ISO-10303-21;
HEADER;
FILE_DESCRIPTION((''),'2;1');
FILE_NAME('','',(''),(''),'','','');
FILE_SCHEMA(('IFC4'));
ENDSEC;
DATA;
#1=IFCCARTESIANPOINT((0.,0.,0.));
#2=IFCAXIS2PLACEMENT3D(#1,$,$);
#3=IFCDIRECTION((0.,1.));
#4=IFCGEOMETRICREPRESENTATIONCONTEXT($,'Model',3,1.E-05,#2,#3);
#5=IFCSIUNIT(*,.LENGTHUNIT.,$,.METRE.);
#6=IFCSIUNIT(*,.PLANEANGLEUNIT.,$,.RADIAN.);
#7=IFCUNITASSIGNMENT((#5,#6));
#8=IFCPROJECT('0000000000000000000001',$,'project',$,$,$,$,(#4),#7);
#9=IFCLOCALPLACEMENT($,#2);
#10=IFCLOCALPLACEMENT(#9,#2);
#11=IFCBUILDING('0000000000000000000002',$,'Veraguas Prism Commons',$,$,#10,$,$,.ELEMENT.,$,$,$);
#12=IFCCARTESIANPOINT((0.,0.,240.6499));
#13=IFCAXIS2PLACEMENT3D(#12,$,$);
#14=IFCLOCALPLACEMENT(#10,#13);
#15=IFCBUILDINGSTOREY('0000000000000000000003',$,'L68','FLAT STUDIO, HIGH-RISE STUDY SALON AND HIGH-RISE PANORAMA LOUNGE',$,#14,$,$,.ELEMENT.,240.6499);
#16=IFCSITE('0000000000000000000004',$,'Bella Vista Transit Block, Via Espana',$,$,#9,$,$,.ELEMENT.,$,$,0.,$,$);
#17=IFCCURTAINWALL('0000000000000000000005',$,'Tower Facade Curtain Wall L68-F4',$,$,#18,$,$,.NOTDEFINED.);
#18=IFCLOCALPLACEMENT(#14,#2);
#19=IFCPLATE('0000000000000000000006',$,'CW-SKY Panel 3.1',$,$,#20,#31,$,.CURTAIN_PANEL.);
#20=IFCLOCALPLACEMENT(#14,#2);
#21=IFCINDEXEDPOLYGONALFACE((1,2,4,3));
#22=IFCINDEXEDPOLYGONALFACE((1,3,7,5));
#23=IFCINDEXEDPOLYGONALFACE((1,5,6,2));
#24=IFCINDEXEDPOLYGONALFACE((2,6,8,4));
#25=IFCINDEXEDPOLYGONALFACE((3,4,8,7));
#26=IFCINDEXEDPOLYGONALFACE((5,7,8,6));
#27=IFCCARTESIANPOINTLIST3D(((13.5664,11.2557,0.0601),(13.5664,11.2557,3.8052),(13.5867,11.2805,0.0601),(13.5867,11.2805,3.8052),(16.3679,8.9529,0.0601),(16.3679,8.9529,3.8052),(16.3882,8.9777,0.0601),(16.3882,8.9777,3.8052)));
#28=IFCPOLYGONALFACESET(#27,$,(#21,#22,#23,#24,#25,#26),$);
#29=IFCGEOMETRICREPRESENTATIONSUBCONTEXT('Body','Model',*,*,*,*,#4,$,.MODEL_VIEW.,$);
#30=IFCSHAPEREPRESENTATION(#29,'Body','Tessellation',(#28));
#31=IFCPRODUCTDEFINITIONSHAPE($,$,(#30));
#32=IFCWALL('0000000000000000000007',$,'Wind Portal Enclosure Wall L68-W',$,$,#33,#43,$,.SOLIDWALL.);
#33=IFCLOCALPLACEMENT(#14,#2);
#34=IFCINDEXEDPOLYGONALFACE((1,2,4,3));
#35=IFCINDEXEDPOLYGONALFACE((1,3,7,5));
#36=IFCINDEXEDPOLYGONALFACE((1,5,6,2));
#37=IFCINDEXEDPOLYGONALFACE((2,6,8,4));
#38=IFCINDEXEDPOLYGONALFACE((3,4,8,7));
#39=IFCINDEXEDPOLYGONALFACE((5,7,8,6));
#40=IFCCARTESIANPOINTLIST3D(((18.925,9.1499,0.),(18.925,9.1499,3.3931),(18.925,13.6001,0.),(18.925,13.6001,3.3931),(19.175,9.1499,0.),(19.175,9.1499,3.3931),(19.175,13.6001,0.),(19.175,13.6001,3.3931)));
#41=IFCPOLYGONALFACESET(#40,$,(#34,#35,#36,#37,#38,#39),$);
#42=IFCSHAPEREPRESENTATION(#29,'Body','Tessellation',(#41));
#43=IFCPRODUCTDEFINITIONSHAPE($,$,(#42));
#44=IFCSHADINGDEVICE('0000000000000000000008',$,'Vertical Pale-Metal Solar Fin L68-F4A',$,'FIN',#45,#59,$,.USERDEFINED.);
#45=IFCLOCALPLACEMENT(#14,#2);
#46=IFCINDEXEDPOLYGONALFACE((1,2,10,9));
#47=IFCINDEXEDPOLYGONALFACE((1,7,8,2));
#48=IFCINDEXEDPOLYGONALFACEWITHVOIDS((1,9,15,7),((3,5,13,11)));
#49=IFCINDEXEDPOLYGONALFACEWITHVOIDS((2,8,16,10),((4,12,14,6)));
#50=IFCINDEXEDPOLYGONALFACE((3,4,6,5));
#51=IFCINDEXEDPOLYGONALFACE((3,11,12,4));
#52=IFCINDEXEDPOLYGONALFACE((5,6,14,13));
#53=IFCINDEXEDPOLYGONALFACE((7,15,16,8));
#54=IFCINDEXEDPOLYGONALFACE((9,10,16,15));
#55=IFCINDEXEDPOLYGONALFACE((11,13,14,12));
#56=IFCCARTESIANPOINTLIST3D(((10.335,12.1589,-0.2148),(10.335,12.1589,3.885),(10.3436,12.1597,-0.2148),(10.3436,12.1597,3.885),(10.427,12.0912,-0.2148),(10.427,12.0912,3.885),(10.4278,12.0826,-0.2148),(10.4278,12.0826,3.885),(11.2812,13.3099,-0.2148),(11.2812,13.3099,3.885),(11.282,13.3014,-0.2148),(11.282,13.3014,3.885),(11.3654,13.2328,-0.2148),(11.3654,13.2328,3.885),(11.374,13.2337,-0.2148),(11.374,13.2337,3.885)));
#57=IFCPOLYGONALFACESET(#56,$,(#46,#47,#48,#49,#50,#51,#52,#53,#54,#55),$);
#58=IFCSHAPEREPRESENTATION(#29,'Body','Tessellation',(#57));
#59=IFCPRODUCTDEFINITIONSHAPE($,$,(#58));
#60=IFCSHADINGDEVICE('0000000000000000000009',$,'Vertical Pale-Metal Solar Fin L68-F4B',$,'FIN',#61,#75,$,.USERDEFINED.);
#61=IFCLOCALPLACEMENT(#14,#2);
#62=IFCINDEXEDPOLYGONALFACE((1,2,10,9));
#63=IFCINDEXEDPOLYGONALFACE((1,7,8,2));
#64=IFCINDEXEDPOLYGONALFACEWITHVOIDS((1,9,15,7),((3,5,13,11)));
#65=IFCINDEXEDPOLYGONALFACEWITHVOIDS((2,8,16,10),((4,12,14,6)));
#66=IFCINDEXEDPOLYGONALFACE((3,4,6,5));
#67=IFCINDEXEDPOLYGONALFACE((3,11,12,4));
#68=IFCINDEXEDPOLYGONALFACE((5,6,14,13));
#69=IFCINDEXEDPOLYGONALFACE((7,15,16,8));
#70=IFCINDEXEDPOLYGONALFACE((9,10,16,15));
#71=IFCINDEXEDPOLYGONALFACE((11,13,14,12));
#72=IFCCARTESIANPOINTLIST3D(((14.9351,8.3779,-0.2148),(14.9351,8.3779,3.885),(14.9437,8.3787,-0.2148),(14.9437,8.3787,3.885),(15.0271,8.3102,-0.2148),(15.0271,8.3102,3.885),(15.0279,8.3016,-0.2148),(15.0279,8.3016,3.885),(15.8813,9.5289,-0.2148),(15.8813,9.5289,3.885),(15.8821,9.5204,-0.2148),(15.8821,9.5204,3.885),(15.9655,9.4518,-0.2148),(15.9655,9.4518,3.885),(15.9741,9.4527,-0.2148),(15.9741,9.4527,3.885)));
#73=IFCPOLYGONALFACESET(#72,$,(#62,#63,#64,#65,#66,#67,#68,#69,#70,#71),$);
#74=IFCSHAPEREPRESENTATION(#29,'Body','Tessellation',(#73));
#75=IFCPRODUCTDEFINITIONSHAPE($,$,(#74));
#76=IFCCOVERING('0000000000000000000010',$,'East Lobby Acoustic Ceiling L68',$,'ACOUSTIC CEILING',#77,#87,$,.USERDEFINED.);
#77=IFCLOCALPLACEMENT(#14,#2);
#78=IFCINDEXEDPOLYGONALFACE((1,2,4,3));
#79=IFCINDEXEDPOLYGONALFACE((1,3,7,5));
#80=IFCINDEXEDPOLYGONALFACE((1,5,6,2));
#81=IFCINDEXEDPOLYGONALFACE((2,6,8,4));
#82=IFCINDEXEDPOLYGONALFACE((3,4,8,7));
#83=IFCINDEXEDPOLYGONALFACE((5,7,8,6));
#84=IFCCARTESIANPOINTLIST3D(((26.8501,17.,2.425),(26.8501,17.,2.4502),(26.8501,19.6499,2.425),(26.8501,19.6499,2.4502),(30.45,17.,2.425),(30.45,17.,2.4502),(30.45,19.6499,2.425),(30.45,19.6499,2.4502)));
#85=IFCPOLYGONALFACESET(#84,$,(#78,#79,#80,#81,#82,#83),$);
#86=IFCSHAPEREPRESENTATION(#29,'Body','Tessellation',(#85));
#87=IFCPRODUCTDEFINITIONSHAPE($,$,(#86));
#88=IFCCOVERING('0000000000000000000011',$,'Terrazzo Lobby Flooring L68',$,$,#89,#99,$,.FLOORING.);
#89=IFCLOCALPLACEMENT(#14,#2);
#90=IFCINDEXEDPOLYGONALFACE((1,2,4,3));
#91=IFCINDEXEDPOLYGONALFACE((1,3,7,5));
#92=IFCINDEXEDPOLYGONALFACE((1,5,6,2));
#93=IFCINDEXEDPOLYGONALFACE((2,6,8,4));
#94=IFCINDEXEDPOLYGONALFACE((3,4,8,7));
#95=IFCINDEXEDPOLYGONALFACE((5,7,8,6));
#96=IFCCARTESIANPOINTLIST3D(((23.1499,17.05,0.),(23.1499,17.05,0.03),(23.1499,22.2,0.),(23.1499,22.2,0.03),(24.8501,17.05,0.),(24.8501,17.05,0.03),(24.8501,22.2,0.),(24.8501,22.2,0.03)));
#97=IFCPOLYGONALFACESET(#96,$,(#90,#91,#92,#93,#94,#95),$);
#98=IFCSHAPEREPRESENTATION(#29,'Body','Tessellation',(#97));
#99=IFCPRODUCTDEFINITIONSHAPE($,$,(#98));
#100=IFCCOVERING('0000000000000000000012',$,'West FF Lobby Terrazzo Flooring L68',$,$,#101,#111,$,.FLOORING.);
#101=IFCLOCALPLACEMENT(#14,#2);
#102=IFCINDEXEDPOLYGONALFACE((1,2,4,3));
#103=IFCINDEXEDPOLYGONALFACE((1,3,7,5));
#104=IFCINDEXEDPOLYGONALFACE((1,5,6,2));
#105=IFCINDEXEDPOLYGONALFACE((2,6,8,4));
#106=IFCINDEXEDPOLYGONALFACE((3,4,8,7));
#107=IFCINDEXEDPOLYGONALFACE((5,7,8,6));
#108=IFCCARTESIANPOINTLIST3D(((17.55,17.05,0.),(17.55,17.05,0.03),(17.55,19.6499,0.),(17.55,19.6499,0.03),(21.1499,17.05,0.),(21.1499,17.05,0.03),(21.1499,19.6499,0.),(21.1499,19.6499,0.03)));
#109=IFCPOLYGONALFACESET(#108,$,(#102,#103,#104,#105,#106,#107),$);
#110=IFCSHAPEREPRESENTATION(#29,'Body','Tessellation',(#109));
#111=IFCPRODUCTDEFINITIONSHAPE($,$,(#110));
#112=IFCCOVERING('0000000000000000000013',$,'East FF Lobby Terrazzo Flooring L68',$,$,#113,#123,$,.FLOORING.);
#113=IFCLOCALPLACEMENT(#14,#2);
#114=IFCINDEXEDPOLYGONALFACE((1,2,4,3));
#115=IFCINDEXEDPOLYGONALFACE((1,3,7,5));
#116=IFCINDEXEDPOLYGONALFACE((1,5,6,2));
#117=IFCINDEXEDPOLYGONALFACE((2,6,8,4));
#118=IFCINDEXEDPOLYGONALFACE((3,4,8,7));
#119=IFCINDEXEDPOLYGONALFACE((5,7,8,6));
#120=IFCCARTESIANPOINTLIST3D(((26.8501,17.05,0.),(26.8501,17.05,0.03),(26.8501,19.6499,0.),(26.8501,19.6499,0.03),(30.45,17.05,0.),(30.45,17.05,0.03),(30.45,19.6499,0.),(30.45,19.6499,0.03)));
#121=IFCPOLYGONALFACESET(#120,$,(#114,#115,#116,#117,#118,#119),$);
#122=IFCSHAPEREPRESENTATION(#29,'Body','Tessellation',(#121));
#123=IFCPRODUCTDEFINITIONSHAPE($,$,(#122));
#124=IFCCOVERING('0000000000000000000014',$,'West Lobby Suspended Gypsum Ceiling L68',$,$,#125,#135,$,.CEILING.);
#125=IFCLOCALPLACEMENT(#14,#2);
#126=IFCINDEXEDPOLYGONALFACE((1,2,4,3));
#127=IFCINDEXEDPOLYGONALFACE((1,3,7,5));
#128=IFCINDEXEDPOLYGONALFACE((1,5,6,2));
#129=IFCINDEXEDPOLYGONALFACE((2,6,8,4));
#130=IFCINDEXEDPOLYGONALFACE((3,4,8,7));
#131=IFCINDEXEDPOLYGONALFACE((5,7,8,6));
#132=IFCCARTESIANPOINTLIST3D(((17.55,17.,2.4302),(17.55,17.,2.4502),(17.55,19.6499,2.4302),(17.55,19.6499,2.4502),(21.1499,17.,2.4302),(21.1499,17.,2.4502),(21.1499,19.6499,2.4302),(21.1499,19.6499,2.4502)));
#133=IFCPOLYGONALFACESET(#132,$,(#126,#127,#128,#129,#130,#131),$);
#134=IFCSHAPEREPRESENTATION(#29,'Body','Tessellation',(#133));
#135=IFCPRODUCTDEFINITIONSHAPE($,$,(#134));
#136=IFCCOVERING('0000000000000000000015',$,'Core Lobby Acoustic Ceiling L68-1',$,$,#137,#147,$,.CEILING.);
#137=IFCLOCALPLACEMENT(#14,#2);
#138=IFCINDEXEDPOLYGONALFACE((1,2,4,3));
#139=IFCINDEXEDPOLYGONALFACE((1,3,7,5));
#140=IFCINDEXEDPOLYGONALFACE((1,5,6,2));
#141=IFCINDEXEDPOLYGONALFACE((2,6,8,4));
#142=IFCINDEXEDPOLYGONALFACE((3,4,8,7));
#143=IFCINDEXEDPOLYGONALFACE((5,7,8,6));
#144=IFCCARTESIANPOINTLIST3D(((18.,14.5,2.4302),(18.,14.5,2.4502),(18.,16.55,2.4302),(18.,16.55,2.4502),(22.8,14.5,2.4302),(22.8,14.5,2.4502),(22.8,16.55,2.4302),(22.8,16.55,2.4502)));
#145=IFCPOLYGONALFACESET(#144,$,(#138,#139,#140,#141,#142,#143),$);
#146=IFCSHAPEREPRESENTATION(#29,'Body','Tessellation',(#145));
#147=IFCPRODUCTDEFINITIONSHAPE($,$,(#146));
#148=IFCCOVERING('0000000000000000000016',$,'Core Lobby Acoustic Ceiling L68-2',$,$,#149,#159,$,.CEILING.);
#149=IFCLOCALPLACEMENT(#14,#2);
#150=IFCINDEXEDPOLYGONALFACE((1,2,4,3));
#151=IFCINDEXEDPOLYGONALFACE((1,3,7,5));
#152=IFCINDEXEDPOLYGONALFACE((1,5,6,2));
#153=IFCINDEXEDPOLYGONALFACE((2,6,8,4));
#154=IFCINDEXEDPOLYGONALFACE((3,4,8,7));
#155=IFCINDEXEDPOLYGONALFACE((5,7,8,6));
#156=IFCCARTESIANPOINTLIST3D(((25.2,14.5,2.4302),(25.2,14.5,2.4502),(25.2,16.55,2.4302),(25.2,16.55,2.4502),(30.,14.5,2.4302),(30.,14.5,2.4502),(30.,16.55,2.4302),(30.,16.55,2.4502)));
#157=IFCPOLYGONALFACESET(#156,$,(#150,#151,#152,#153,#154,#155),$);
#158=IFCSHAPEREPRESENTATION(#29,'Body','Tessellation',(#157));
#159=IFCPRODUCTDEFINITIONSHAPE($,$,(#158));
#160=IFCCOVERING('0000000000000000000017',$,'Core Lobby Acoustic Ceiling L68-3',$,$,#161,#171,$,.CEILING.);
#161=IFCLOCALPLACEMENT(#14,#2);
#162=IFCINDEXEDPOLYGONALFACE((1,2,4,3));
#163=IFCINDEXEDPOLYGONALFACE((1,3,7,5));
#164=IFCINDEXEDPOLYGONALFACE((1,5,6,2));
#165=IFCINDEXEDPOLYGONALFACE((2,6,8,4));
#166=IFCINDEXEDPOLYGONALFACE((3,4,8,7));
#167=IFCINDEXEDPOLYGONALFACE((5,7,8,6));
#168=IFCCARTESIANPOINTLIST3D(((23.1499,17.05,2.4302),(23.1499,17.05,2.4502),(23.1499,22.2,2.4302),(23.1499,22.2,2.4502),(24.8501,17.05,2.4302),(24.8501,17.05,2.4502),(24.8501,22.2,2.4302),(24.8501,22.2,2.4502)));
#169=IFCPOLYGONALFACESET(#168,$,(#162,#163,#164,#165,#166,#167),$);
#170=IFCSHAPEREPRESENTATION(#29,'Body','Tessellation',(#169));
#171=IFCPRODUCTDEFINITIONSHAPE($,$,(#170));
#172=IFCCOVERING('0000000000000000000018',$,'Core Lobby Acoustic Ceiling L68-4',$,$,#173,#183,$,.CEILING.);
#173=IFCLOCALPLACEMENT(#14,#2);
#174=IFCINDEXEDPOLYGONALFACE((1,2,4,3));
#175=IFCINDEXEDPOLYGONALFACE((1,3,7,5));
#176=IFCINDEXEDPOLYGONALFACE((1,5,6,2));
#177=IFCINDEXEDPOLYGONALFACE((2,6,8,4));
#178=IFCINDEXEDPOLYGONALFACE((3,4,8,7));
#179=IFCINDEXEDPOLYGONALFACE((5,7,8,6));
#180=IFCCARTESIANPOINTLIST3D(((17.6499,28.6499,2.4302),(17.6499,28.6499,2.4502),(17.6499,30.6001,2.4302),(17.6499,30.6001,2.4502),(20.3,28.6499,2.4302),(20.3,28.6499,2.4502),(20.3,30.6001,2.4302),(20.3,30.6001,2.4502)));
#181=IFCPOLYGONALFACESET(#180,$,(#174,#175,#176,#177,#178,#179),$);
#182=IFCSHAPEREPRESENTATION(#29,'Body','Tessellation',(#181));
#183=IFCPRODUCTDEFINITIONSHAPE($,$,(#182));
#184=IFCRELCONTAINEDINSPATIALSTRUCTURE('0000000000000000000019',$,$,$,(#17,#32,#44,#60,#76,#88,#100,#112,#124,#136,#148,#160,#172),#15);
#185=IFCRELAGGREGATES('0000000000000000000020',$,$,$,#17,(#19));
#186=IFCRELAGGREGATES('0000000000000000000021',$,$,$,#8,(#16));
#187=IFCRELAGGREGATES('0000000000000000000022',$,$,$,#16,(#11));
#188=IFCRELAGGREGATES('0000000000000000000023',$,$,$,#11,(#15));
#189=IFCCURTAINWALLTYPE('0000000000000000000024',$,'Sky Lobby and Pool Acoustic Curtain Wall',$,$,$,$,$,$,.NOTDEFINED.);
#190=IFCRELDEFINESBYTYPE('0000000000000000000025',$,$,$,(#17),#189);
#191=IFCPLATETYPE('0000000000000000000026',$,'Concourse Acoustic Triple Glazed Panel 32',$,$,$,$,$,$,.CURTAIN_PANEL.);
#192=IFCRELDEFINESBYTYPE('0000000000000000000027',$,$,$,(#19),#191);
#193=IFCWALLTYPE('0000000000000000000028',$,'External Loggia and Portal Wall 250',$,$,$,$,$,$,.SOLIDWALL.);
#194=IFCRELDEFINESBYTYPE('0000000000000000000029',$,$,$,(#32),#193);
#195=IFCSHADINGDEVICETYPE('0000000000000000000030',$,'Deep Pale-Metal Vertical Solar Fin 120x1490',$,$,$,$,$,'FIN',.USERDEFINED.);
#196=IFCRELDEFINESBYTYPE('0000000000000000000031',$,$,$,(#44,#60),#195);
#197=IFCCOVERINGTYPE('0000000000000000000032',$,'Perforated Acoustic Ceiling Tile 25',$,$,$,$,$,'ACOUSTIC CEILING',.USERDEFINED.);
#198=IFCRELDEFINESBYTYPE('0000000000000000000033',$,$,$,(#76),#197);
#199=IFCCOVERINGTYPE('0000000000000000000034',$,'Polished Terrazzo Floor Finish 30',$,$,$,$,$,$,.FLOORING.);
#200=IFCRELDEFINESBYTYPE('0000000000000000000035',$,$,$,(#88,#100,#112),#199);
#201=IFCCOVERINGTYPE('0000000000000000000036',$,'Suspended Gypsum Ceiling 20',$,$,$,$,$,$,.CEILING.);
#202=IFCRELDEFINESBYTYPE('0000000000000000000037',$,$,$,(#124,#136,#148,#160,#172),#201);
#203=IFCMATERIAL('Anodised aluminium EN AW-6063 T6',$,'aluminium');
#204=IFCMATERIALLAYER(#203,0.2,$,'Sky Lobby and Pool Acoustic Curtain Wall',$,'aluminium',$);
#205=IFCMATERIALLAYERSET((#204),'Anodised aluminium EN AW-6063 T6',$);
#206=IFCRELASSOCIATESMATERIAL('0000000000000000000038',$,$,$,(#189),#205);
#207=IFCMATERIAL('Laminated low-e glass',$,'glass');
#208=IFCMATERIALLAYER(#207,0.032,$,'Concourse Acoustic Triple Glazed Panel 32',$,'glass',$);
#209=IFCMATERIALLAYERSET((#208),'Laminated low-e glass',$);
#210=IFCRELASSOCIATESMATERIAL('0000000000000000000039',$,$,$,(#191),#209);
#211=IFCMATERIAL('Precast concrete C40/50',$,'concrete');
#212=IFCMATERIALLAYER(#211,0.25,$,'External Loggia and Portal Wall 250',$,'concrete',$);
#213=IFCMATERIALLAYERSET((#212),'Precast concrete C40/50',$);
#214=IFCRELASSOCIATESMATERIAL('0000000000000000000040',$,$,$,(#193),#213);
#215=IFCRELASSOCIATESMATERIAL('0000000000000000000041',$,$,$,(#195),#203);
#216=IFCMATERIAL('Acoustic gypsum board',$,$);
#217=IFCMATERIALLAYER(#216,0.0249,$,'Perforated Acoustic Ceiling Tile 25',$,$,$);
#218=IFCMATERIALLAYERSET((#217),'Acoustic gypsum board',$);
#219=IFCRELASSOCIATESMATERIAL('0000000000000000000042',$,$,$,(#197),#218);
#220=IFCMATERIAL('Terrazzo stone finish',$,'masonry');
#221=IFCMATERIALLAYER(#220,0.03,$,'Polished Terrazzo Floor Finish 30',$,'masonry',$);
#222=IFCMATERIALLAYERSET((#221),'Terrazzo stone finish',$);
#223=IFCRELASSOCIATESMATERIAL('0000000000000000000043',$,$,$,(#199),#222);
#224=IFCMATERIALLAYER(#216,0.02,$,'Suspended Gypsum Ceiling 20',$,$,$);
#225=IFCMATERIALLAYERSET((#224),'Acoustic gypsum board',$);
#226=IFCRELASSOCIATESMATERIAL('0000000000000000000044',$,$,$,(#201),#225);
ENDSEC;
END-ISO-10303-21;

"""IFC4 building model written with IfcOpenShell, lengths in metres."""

from ifc_helpers import new_model, si_unit, direction, frame, frame_2d, origin, origin_2d, place, context, subcontext, project, spatial, polyline, rectangle, hollow_rectangle, outline, extrude, source, transform, mapped, material, layer, layer_set, material_profile, profile_set, type_object, element, aggregate, save


model = new_model("IFC4")

# Units and contexts
model_context = context("Model", 3, precision=1e-05, world=origin(), true_north=direction((0.0, 1.0)))
body_context = subcontext(model_context, "Body", "Model", "MODEL_VIEW")
ifc_project = project(units=[si_unit("LENGTHUNIT", "METRE"), si_unit("PLANEANGLEUNIT", "RADIAN")], contexts=[model_context])

# Site, building, storey
site_placement = place(None, origin())
site = spatial("IfcSite", under=ifc_project, at=site_placement, Name="Bella Vista Transit Block, Via Espana", CompositionType="ELEMENT", RefElevation=0.0)
building_placement = place(site_placement, origin())
building = spatial("IfcBuilding", under=site, at=building_placement, Name="Veraguas Prism Commons", CompositionType="ELEMENT")
storey_placement = place(building_placement, frame((0.0, 0.0, 240.6499)))
storey = spatial("IfcBuildingStorey", under=building, at=storey_placement, Name="L68", Description="FLAT STUDIO, HIGH-RISE STUDY SALON AND HIGH-RISE PANORAMA LOUNGE", CompositionType="ELEMENT", Elevation=240.6499)

# Curtain wall
ifc_material_1 = material(Name="Anodised aluminium EN AW-6063 T6", Category="aluminium")
ifc_layer_1 = layer(ifc_material_1, 0.2, Name="Sky Lobby and Pool Acoustic Curtain Wall", Category="aluminium")
ifc_layer_set_1 = layer_set([ifc_layer_1], Name="Anodised aluminium EN AW-6063 T6")
curtain_wall_type = type_object("IfcCurtainWallType", Name="Sky Lobby and Pool Acoustic Curtain Wall", PredefinedType="NOTDEFINED", material=ifc_layer_set_1)
curtain_wall_1_placement = place(storey_placement, origin())
curtain_wall_1 = element("IfcCurtainWall", 1, at=curtain_wall_1_placement, inside=storey, type_object=curtain_wall_type, Name="Tower Facade Curtain Wall L68-F4", PredefinedType="NOTDEFINED")

# Plate
ifc_material_2 = material(Name="Laminated low-e glass", Category="glass")
ifc_layer_2 = layer(ifc_material_2, 0.032, Name="Concourse Acoustic Triple Glazed Panel 32", Category="glass")
ifc_layer_set_2 = layer_set([ifc_layer_2], Name="Laminated low-e glass")
plate_type_1 = type_object("IfcPlateType", Name="Concourse Acoustic Triple Glazed Panel 32", PredefinedType="CURTAIN_PANEL", material=ifc_layer_set_2)
shared_shape_1 = source(origin(), body_context, "Body", "SweptSolid", [
    extrude(rectangle(XDim=3.6265, YDim=0.032, at=origin_2d()), origin(), (0.0, 0.0, 1.0), 3.7451),
])
plate_1_placement = place(storey_placement, frame((14.9773, 10.1167, 0.0601), z_axis=(0.0, 0.0, 1.0), x_axis=(0.772514, -0.634998, 0.0)))
plate_1 = element("IfcPlate", 2, at=plate_1_placement, type_object=plate_type_1, Name="CW-SKY Panel 3.1", PredefinedType="CURTAIN_PANEL", context=body_context, shape_type="MappedRepresentation", body=[
    mapped(shared_shape_1, transform((0.0, 0.0, 0.0), scale=1.0)),
])
aggregate(curtain_wall_1, [plate_1])

# Wall
ifc_material_3 = material(Name="Precast concrete C40/50", Category="concrete")
ifc_layer_3 = layer(ifc_material_3, 0.25, Name="External Loggia and Portal Wall 250", Category="concrete")
ifc_layer_set_3 = layer_set([ifc_layer_3], Name="Precast concrete C40/50")
wall_type = type_object("IfcWallType", Name="External Loggia and Portal Wall 250", PredefinedType="SOLIDWALL", material=ifc_layer_set_3)
wall_placement = place(storey_placement, frame((19.05, 9.1499, 0.0), z_axis=(0.0, 0.0, 1.0), x_axis=(0.0, 1.0, 0.0)))
element("IfcWall", 3, at=wall_placement, inside=storey, type_object=wall_type, Name="Wind Portal Enclosure Wall L68-W", PredefinedType="SOLIDWALL", context=body_context, shape_type="SweptSolid", body=[
    extrude(rectangle(XDim=4.4502, YDim=0.25, at=frame_2d((2.2251, 0.0))), origin(), (0.0, 0.0, 1.0), 3.3931),
])

# Shading devices
ifc_material_profile_1 = material_profile(ifc_material_1, hollow_rectangle(XDim=0.1201, YDim=1.49, WallThickness=0.0061, at=origin_2d()), Name="FIN120X1490X6")
ifc_profile_set_1 = profile_set([ifc_material_profile_1], Name="Anodised aluminium EN AW-6063 T6")
shading_device_type = type_object("IfcShadingDeviceType", Name="Deep Pale-Metal Vertical Solar Fin 120x1490", ElementType="FIN", PredefinedType="USERDEFINED", material=ifc_profile_set_1)
for number, where, z_axis, x_axis, name in (
    (4, (10.8545, 12.6963, -0.2148), (0.0, 0.0, 1.0), (0.772516, -0.634995, 0.0), "Vertical Pale-Metal Solar Fin L68-F4A"),
    (5, (15.4546, 8.9153, -0.2148), (0.0, 0.0, 1.0), (0.772516, -0.634995, 0.0), "Vertical Pale-Metal Solar Fin L68-F4B"),
):
    element("IfcShadingDevice", number, at=place(storey_placement, frame(where, z_axis=z_axis, x_axis=x_axis)), inside=storey, type_object=shading_device_type, Name=name, ObjectType="FIN", PredefinedType="USERDEFINED", context=body_context, shape_type="SweptSolid", body=[
        extrude(hollow_rectangle(XDim=0.1201, YDim=1.49, WallThickness=0.0061, at=origin_2d()), origin(), (0.0, 0.0, 1.0), 4.0999),
    ])

# Coverings
ifc_material_4 = material(Name="Acoustic gypsum board")
ifc_layer_4 = layer(ifc_material_4, 0.0249, Name="Perforated Acoustic Ceiling Tile 25")
ifc_layer_set_4 = layer_set([ifc_layer_4], Name="Acoustic gypsum board")
covering_type_1 = type_object("IfcCoveringType", Name="Perforated Acoustic Ceiling Tile 25", ElementType="ACOUSTIC CEILING", PredefinedType="USERDEFINED", material=ifc_layer_set_4)
covering_1_placement = place(storey_placement, frame((0.0, 0.0, 2.425)))
element("IfcCovering", 6, at=covering_1_placement, inside=storey, type_object=covering_type_1, Name="East Lobby Acoustic Ceiling L68", ObjectType="ACOUSTIC CEILING", PredefinedType="USERDEFINED", context=body_context, shape_type="SweptSolid", body=[
    extrude(outline(polyline([(26.8501, 17.0), (30.45, 17.0), (30.45, 19.6499), (26.8501, 19.6499), (26.8501, 17.0)])), origin(), (0.0, 0.0, 1.0), 0.0251),
])
ifc_material_5 = material(Name="Terrazzo stone finish", Category="masonry")
ifc_layer_5 = layer(ifc_material_5, 0.03, Name="Polished Terrazzo Floor Finish 30", Category="masonry")
ifc_layer_set_5 = layer_set([ifc_layer_5], Name="Terrazzo stone finish")
covering_type_2 = type_object("IfcCoveringType", Name="Polished Terrazzo Floor Finish 30", PredefinedType="FLOORING", material=ifc_layer_set_5)
covering_2_placement = place(storey_placement, origin())
element("IfcCovering", 7, at=covering_2_placement, inside=storey, type_object=covering_type_2, Name="Terrazzo Lobby Flooring L68", PredefinedType="FLOORING", context=body_context, shape_type="SweptSolid", body=[
    extrude(outline(polyline([(23.1499, 17.05), (24.8501, 17.05), (24.8501, 22.2), (23.1499, 22.2), (23.1499, 17.05)])), origin(), (0.0, 0.0, 1.0), 0.03),
])
covering_3_placement = place(storey_placement, origin())
element("IfcCovering", 8, at=covering_3_placement, inside=storey, type_object=covering_type_2, Name="West FF Lobby Terrazzo Flooring L68", PredefinedType="FLOORING", context=body_context, shape_type="SweptSolid", body=[
    extrude(outline(polyline([(17.55, 17.05), (21.1499, 17.05), (21.1499, 19.6499), (17.55, 19.6499), (17.55, 17.05)])), origin(), (0.0, 0.0, 1.0), 0.03),
])
covering_4_placement = place(storey_placement, origin())
element("IfcCovering", 9, at=covering_4_placement, inside=storey, type_object=covering_type_2, Name="East FF Lobby Terrazzo Flooring L68", PredefinedType="FLOORING", context=body_context, shape_type="SweptSolid", body=[
    extrude(outline(polyline([(26.8501, 17.05), (30.45, 17.05), (30.45, 19.6499), (26.8501, 19.6499), (26.8501, 17.05)])), origin(), (0.0, 0.0, 1.0), 0.03),
])

# Coverings
ifc_layer_6 = layer(ifc_material_4, 0.02, Name="Suspended Gypsum Ceiling 20")
ifc_layer_set_6 = layer_set([ifc_layer_6], Name="Acoustic gypsum board")
covering_type_3 = type_object("IfcCoveringType", Name="Suspended Gypsum Ceiling 20", PredefinedType="CEILING", material=ifc_layer_set_6)
covering_5_placement = place(storey_placement, frame((0.0, 0.0, 2.4302)))
element("IfcCovering", 10, at=covering_5_placement, inside=storey, type_object=covering_type_3, Name="West Lobby Suspended Gypsum Ceiling L68", PredefinedType="CEILING", context=body_context, shape_type="SweptSolid", body=[
    extrude(outline(polyline([(17.55, 17.0), (21.1499, 17.0), (21.1499, 19.6499), (17.55, 19.6499), (17.55, 17.0)])), origin(), (0.0, 0.0, 1.0), 0.02),
])
covering_6_placement = place(storey_placement, frame((0.0, 0.0, 2.4302)))
element("IfcCovering", 11, at=covering_6_placement, inside=storey, type_object=covering_type_3, Name="Core Lobby Acoustic Ceiling L68-1", PredefinedType="CEILING", context=body_context, shape_type="SweptSolid", body=[
    extrude(outline(polyline([(18.0, 14.5), (22.8, 14.5), (22.8, 16.55), (18.0, 16.55), (18.0, 14.5)])), origin(), (0.0, 0.0, 1.0), 0.02),
])
covering_7_placement = place(storey_placement, frame((0.0, 0.0, 2.4302)))
element("IfcCovering", 12, at=covering_7_placement, inside=storey, type_object=covering_type_3, Name="Core Lobby Acoustic Ceiling L68-2", PredefinedType="CEILING", context=body_context, shape_type="SweptSolid", body=[
    extrude(outline(polyline([(25.2, 14.5), (30.0, 14.5), (30.0, 16.55), (25.2, 16.55), (25.2, 14.5)])), origin(), (0.0, 0.0, 1.0), 0.02),
])
covering_8_placement = place(storey_placement, frame((0.0, 0.0, 2.4302)))
element("IfcCovering", 13, at=covering_8_placement, inside=storey, type_object=covering_type_3, Name="Core Lobby Acoustic Ceiling L68-3", PredefinedType="CEILING", context=body_context, shape_type="SweptSolid", body=[
    extrude(outline(polyline([(23.1499, 17.05), (24.8501, 17.05), (24.8501, 22.2), (23.1499, 22.2), (23.1499, 17.05)])), origin(), (0.0, 0.0, 1.0), 0.02),
])
covering_9_placement = place(storey_placement, frame((0.0, 0.0, 2.4302)))
element("IfcCovering", 14, at=covering_9_placement, inside=storey, type_object=covering_type_3, Name="Core Lobby Acoustic Ceiling L68-4", PredefinedType="CEILING", context=body_context, shape_type="SweptSolid", body=[
    extrude(outline(polyline([(17.6499, 28.6499), (20.3, 28.6499), (20.3, 30.6001), (17.6499, 30.6001), (17.6499, 28.6499)])), origin(), (0.0, 0.0, 1.0), 0.02),
])

save(model, "model.ifc")
